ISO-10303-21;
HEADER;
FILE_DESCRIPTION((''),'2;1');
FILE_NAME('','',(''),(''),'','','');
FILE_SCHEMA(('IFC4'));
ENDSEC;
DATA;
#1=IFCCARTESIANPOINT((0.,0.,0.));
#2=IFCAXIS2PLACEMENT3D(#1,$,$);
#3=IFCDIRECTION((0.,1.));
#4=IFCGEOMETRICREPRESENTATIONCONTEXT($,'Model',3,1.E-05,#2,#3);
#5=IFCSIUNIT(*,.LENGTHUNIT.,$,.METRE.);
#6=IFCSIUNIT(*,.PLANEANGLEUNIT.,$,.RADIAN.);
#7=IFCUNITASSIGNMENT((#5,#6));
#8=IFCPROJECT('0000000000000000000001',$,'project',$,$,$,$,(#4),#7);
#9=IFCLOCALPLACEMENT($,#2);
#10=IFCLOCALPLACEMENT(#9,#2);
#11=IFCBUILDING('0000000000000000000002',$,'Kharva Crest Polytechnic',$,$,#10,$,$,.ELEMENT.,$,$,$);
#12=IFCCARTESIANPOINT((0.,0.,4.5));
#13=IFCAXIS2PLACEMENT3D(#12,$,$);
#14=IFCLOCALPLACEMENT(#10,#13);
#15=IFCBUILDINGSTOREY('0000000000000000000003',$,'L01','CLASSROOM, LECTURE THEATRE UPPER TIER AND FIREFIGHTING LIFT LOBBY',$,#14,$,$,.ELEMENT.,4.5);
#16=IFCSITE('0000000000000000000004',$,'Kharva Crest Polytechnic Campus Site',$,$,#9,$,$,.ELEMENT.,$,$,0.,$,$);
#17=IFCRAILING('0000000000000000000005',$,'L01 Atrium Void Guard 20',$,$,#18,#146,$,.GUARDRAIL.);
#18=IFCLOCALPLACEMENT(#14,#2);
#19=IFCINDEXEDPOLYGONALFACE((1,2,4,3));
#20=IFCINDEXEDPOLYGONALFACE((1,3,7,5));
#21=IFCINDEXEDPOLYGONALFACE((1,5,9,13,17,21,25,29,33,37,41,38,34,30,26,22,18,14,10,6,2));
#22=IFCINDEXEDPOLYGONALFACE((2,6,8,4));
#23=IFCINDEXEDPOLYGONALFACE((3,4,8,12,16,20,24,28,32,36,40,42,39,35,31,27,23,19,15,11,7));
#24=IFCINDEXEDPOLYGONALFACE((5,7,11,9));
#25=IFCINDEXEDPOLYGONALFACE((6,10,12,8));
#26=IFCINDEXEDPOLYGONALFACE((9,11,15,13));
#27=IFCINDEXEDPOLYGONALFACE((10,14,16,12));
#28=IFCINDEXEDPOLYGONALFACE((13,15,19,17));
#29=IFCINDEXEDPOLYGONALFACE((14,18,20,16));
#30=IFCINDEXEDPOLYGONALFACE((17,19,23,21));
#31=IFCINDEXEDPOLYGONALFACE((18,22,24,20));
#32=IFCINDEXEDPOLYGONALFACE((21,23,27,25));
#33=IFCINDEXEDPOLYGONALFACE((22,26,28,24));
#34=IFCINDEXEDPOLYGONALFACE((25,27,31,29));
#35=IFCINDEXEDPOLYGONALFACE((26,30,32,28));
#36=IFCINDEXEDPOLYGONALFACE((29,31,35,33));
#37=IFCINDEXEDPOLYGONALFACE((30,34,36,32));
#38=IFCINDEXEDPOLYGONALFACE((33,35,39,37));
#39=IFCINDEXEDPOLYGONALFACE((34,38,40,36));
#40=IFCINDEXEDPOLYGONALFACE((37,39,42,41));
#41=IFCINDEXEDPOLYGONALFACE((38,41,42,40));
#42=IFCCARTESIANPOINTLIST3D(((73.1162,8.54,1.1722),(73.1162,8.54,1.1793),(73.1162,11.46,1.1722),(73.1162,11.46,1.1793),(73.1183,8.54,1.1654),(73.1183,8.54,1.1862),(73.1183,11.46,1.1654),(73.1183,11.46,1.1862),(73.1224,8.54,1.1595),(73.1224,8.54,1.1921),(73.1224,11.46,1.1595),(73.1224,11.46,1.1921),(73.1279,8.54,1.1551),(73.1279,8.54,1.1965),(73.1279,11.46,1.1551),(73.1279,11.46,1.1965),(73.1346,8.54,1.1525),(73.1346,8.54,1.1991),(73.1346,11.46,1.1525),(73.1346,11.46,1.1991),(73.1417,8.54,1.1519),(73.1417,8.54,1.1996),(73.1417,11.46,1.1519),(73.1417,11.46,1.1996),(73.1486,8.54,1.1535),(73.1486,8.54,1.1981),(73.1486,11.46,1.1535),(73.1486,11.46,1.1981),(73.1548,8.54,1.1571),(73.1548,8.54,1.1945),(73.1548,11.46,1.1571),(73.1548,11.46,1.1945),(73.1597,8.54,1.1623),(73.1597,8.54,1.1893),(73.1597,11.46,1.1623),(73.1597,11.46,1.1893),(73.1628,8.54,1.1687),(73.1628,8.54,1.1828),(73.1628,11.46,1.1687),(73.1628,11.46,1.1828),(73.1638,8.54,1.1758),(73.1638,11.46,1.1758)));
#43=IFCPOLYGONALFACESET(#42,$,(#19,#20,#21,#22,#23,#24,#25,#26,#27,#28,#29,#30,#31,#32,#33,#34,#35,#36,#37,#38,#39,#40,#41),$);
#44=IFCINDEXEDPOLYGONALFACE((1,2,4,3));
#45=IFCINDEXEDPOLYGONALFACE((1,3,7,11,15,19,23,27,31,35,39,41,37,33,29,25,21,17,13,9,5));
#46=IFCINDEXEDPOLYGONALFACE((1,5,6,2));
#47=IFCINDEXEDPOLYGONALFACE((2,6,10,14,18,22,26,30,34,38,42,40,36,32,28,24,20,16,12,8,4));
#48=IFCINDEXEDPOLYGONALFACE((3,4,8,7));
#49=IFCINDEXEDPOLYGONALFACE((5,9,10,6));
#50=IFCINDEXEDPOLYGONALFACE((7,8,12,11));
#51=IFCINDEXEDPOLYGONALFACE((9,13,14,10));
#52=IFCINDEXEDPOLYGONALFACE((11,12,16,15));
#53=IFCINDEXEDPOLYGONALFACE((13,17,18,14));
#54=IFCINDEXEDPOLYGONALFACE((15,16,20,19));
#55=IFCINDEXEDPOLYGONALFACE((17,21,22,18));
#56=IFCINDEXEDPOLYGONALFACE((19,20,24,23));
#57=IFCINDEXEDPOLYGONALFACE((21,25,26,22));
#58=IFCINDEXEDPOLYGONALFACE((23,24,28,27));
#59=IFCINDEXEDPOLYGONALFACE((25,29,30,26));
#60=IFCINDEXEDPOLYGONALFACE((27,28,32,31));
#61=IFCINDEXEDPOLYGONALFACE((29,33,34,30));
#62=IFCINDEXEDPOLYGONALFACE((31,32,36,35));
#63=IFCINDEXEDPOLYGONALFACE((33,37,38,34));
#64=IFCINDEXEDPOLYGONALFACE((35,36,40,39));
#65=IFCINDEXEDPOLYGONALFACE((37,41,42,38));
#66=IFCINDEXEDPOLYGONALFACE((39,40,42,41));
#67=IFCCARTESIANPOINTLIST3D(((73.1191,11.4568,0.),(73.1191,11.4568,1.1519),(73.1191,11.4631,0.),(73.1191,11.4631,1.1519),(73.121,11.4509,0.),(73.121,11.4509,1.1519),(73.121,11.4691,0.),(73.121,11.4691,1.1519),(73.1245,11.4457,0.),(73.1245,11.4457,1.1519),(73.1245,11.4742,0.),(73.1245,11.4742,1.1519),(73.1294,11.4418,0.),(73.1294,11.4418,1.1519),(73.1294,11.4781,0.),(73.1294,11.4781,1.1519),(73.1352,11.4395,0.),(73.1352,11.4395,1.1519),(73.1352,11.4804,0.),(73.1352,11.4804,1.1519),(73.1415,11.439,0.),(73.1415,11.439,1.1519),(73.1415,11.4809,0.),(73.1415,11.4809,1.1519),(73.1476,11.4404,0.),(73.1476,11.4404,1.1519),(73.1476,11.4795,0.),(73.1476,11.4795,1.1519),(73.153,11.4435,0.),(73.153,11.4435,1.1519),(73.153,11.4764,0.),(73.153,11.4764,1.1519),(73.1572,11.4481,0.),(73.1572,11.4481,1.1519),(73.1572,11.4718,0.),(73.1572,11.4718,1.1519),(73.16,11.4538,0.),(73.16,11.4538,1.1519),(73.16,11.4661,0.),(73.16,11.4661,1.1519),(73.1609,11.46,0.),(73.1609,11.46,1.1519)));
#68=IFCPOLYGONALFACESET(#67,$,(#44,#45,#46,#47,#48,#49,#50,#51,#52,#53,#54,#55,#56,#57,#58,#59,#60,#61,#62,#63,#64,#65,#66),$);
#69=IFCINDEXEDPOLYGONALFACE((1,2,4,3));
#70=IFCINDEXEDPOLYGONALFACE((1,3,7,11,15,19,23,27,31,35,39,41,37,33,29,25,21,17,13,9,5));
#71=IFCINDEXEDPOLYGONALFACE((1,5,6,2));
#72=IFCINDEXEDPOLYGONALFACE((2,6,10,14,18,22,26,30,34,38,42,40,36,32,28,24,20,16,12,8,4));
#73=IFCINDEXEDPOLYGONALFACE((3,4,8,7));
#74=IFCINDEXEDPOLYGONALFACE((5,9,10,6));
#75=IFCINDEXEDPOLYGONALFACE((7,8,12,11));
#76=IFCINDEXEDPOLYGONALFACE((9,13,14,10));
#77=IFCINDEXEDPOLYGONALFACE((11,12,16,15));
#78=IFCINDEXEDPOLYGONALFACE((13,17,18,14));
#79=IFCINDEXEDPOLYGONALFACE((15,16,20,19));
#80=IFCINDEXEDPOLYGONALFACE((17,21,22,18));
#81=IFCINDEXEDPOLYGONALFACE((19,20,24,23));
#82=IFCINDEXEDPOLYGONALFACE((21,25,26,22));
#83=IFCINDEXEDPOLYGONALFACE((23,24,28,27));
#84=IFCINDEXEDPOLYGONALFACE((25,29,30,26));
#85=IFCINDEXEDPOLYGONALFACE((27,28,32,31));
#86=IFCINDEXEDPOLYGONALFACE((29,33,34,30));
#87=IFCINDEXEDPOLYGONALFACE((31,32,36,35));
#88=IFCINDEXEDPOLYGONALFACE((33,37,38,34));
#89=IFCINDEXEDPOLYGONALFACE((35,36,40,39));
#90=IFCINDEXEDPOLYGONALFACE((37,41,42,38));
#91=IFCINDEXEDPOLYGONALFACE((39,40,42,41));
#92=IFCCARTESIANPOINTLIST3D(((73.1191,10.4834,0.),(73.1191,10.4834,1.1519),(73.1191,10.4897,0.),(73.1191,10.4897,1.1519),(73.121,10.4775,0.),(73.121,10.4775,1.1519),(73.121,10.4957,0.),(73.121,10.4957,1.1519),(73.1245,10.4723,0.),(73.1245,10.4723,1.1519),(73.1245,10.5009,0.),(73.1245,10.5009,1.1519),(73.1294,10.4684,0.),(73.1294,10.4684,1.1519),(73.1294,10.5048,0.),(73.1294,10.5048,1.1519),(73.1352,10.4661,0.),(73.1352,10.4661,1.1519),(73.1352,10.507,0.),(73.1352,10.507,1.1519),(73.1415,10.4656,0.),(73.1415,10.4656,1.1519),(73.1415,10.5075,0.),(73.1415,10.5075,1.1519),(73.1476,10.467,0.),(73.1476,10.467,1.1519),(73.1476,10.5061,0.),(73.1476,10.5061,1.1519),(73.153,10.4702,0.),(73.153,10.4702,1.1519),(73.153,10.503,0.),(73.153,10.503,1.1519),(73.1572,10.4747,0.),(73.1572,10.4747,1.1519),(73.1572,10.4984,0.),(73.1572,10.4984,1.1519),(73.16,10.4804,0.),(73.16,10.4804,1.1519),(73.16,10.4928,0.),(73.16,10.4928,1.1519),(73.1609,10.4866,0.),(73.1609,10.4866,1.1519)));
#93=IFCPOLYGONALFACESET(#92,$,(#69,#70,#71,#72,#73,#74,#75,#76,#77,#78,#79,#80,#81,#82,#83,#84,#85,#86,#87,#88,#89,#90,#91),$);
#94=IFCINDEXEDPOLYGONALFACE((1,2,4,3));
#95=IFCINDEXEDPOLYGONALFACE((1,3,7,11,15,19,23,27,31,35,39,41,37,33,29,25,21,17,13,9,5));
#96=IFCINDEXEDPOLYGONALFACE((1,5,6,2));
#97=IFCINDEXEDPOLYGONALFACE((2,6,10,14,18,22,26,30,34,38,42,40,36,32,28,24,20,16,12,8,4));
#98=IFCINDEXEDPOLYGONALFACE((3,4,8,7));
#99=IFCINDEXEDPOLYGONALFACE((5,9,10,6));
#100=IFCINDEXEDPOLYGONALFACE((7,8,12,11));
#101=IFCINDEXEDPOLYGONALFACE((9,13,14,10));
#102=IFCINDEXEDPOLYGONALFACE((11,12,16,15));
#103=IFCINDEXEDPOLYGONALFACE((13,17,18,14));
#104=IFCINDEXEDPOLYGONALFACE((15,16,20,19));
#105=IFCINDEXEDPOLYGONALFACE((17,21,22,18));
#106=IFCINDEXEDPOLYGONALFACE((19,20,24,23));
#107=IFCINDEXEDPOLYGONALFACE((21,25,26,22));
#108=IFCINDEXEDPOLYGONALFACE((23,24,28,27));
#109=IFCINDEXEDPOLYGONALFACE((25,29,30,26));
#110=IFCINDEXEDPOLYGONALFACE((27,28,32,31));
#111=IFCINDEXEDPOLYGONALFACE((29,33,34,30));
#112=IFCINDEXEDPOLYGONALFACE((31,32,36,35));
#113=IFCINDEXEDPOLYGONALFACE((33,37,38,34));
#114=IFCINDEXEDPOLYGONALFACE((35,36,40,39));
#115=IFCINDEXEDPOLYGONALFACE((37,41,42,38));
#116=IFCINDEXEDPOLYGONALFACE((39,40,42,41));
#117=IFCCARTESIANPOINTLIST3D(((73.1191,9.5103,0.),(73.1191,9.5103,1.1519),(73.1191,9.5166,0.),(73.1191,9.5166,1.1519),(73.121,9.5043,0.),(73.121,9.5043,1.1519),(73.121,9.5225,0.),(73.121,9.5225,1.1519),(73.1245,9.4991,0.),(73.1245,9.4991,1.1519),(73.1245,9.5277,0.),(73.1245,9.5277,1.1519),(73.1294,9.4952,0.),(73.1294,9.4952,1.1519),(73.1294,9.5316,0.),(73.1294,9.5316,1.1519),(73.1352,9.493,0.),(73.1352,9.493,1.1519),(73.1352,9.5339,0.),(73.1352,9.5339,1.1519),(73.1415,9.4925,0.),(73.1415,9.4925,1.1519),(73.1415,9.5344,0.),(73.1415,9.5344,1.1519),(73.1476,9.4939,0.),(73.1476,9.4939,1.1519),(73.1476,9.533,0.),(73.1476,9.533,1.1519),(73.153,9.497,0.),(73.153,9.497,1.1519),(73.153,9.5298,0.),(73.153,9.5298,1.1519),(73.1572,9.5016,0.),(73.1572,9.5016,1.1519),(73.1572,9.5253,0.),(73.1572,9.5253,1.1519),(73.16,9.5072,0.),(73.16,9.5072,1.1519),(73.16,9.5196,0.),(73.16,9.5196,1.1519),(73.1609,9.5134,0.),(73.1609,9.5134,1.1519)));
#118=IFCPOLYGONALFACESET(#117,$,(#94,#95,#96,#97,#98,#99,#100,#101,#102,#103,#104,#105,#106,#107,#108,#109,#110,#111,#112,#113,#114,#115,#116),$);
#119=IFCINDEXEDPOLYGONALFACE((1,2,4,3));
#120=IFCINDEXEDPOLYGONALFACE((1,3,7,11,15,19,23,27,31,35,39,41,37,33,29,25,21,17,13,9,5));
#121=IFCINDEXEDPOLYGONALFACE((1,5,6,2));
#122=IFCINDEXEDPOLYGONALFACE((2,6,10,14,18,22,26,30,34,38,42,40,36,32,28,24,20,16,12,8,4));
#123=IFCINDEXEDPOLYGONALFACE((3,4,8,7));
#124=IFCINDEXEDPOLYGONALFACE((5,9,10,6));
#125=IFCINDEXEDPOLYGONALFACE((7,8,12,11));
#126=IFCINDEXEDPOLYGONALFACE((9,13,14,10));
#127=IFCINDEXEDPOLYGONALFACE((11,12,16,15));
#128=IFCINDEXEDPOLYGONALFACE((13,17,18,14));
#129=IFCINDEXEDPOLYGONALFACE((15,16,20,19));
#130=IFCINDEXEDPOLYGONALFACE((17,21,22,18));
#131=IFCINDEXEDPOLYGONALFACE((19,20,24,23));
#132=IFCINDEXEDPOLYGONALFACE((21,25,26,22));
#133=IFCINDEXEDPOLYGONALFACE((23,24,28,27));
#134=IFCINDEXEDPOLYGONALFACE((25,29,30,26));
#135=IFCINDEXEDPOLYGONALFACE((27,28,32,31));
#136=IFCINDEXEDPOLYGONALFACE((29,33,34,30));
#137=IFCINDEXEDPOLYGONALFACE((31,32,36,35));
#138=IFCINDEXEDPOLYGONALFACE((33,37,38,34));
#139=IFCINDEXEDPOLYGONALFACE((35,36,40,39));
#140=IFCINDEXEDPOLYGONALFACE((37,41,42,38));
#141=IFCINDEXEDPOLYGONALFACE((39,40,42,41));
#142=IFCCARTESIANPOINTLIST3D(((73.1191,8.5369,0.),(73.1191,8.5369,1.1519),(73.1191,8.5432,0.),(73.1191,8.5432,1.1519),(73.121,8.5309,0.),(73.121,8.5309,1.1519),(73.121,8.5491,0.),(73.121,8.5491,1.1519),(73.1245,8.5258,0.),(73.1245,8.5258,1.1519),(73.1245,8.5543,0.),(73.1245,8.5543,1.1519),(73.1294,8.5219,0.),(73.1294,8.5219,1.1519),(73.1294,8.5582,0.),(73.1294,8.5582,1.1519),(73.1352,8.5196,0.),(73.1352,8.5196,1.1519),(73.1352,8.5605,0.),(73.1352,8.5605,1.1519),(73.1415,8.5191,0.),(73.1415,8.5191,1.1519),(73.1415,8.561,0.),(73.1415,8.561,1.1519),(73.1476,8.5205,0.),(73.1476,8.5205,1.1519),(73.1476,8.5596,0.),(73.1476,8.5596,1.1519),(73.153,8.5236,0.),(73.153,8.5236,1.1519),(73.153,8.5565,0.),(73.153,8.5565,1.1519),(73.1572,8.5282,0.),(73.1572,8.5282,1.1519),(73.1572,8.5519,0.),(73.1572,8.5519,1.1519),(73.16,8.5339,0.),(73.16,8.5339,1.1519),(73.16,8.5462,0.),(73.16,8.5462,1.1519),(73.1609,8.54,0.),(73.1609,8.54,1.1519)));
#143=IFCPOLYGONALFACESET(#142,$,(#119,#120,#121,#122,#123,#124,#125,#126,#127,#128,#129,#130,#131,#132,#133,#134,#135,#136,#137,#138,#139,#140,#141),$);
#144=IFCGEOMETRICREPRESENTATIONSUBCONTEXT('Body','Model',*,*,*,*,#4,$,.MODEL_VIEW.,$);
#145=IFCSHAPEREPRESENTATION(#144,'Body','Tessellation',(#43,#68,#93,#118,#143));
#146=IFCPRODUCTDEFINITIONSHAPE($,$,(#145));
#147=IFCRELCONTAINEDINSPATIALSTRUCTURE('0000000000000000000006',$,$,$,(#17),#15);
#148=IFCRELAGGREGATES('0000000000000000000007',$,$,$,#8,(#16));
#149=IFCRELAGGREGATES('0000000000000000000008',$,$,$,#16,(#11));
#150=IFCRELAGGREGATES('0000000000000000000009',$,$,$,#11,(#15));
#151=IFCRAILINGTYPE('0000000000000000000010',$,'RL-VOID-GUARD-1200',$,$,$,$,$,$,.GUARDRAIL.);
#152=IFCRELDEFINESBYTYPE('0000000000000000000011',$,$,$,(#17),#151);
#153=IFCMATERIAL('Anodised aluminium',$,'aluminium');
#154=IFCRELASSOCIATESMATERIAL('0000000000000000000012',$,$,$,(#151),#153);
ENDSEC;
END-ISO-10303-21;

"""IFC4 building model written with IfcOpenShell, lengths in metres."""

from ifc_helpers import new_model, si_unit, direction, frame, origin, origin_2d, place, context, subcontext, project, spatial, circle, extrude, material, type_object, element, save


model = new_model("IFC4")

# Units and contexts
model_context = context("Model", 3, precision=1e-05, world=origin(), true_north=direction((0.0, 1.0)))
body_context = subcontext(model_context, "Body", "Model", "MODEL_VIEW")
ifc_project = project(units=[si_unit("LENGTHUNIT", "METRE"), si_unit("PLANEANGLEUNIT", "RADIAN")], contexts=[model_context])

# Site, building, storey
site_placement = place(None, origin())
site = spatial("IfcSite", under=ifc_project, at=site_placement, Name="Kharva Crest Polytechnic Campus Site", CompositionType="ELEMENT", RefElevation=0.0)
building_placement = place(site_placement, origin())
building = spatial("IfcBuilding", under=site, at=building_placement, Name="Kharva Crest Polytechnic", CompositionType="ELEMENT")
storey_placement = place(building_placement, frame((0.0, 0.0, 4.5)))
storey = spatial("IfcBuildingStorey", under=building, at=storey_placement, Name="L01", Description="CLASSROOM, LECTURE THEATRE UPPER TIER AND FIREFIGHTING LIFT LOBBY", CompositionType="ELEMENT", Elevation=4.5)

# Shared definitions
ifc_material_1 = material(Name="Anodised aluminium", Category="aluminium")

# Railing
railing_type = type_object("IfcRailingType", Name="RL-VOID-GUARD-1200", PredefinedType="GUARDRAIL", material=ifc_material_1)
railing_1_placement = place(storey_placement, frame((73.1399, 11.46, 0.0)))
element("IfcRailing", 1, at=railing_1_placement, inside=storey, type_object=railing_type, Name="L01 Atrium Void Guard 20", PredefinedType="GUARDRAIL", context=body_context, shape_type="SweptSolid", body=[
    extrude(circle(Radius=0.0239, at=origin_2d()), frame((0.0, 0.0, 1.1758), z_axis=(0.0, -1.0, 0.0), x_axis=(1.0, 0.0, 0.0)), (0.0, 0.0, 1.0), 2.9199),
    extrude(circle(Radius=0.021, at=origin_2d()), origin(), (0.0, 0.0, 1.0), 1.1519),
    extrude(circle(Radius=0.021, at=origin_2d()), frame((0.0, -0.9734, 0.0)), (0.0, 0.0, 1.0), 1.1519),
    extrude(circle(Radius=0.021, at=origin_2d()), frame((0.0, -1.9465, 0.0)), (0.0, 0.0, 1.0), 1.1519),
    extrude(circle(Radius=0.021, at=origin_2d()), frame((0.0, -2.9199, 0.0)), (0.0, 0.0, 1.0), 1.1519),
])

save(model, "model.ifc")
